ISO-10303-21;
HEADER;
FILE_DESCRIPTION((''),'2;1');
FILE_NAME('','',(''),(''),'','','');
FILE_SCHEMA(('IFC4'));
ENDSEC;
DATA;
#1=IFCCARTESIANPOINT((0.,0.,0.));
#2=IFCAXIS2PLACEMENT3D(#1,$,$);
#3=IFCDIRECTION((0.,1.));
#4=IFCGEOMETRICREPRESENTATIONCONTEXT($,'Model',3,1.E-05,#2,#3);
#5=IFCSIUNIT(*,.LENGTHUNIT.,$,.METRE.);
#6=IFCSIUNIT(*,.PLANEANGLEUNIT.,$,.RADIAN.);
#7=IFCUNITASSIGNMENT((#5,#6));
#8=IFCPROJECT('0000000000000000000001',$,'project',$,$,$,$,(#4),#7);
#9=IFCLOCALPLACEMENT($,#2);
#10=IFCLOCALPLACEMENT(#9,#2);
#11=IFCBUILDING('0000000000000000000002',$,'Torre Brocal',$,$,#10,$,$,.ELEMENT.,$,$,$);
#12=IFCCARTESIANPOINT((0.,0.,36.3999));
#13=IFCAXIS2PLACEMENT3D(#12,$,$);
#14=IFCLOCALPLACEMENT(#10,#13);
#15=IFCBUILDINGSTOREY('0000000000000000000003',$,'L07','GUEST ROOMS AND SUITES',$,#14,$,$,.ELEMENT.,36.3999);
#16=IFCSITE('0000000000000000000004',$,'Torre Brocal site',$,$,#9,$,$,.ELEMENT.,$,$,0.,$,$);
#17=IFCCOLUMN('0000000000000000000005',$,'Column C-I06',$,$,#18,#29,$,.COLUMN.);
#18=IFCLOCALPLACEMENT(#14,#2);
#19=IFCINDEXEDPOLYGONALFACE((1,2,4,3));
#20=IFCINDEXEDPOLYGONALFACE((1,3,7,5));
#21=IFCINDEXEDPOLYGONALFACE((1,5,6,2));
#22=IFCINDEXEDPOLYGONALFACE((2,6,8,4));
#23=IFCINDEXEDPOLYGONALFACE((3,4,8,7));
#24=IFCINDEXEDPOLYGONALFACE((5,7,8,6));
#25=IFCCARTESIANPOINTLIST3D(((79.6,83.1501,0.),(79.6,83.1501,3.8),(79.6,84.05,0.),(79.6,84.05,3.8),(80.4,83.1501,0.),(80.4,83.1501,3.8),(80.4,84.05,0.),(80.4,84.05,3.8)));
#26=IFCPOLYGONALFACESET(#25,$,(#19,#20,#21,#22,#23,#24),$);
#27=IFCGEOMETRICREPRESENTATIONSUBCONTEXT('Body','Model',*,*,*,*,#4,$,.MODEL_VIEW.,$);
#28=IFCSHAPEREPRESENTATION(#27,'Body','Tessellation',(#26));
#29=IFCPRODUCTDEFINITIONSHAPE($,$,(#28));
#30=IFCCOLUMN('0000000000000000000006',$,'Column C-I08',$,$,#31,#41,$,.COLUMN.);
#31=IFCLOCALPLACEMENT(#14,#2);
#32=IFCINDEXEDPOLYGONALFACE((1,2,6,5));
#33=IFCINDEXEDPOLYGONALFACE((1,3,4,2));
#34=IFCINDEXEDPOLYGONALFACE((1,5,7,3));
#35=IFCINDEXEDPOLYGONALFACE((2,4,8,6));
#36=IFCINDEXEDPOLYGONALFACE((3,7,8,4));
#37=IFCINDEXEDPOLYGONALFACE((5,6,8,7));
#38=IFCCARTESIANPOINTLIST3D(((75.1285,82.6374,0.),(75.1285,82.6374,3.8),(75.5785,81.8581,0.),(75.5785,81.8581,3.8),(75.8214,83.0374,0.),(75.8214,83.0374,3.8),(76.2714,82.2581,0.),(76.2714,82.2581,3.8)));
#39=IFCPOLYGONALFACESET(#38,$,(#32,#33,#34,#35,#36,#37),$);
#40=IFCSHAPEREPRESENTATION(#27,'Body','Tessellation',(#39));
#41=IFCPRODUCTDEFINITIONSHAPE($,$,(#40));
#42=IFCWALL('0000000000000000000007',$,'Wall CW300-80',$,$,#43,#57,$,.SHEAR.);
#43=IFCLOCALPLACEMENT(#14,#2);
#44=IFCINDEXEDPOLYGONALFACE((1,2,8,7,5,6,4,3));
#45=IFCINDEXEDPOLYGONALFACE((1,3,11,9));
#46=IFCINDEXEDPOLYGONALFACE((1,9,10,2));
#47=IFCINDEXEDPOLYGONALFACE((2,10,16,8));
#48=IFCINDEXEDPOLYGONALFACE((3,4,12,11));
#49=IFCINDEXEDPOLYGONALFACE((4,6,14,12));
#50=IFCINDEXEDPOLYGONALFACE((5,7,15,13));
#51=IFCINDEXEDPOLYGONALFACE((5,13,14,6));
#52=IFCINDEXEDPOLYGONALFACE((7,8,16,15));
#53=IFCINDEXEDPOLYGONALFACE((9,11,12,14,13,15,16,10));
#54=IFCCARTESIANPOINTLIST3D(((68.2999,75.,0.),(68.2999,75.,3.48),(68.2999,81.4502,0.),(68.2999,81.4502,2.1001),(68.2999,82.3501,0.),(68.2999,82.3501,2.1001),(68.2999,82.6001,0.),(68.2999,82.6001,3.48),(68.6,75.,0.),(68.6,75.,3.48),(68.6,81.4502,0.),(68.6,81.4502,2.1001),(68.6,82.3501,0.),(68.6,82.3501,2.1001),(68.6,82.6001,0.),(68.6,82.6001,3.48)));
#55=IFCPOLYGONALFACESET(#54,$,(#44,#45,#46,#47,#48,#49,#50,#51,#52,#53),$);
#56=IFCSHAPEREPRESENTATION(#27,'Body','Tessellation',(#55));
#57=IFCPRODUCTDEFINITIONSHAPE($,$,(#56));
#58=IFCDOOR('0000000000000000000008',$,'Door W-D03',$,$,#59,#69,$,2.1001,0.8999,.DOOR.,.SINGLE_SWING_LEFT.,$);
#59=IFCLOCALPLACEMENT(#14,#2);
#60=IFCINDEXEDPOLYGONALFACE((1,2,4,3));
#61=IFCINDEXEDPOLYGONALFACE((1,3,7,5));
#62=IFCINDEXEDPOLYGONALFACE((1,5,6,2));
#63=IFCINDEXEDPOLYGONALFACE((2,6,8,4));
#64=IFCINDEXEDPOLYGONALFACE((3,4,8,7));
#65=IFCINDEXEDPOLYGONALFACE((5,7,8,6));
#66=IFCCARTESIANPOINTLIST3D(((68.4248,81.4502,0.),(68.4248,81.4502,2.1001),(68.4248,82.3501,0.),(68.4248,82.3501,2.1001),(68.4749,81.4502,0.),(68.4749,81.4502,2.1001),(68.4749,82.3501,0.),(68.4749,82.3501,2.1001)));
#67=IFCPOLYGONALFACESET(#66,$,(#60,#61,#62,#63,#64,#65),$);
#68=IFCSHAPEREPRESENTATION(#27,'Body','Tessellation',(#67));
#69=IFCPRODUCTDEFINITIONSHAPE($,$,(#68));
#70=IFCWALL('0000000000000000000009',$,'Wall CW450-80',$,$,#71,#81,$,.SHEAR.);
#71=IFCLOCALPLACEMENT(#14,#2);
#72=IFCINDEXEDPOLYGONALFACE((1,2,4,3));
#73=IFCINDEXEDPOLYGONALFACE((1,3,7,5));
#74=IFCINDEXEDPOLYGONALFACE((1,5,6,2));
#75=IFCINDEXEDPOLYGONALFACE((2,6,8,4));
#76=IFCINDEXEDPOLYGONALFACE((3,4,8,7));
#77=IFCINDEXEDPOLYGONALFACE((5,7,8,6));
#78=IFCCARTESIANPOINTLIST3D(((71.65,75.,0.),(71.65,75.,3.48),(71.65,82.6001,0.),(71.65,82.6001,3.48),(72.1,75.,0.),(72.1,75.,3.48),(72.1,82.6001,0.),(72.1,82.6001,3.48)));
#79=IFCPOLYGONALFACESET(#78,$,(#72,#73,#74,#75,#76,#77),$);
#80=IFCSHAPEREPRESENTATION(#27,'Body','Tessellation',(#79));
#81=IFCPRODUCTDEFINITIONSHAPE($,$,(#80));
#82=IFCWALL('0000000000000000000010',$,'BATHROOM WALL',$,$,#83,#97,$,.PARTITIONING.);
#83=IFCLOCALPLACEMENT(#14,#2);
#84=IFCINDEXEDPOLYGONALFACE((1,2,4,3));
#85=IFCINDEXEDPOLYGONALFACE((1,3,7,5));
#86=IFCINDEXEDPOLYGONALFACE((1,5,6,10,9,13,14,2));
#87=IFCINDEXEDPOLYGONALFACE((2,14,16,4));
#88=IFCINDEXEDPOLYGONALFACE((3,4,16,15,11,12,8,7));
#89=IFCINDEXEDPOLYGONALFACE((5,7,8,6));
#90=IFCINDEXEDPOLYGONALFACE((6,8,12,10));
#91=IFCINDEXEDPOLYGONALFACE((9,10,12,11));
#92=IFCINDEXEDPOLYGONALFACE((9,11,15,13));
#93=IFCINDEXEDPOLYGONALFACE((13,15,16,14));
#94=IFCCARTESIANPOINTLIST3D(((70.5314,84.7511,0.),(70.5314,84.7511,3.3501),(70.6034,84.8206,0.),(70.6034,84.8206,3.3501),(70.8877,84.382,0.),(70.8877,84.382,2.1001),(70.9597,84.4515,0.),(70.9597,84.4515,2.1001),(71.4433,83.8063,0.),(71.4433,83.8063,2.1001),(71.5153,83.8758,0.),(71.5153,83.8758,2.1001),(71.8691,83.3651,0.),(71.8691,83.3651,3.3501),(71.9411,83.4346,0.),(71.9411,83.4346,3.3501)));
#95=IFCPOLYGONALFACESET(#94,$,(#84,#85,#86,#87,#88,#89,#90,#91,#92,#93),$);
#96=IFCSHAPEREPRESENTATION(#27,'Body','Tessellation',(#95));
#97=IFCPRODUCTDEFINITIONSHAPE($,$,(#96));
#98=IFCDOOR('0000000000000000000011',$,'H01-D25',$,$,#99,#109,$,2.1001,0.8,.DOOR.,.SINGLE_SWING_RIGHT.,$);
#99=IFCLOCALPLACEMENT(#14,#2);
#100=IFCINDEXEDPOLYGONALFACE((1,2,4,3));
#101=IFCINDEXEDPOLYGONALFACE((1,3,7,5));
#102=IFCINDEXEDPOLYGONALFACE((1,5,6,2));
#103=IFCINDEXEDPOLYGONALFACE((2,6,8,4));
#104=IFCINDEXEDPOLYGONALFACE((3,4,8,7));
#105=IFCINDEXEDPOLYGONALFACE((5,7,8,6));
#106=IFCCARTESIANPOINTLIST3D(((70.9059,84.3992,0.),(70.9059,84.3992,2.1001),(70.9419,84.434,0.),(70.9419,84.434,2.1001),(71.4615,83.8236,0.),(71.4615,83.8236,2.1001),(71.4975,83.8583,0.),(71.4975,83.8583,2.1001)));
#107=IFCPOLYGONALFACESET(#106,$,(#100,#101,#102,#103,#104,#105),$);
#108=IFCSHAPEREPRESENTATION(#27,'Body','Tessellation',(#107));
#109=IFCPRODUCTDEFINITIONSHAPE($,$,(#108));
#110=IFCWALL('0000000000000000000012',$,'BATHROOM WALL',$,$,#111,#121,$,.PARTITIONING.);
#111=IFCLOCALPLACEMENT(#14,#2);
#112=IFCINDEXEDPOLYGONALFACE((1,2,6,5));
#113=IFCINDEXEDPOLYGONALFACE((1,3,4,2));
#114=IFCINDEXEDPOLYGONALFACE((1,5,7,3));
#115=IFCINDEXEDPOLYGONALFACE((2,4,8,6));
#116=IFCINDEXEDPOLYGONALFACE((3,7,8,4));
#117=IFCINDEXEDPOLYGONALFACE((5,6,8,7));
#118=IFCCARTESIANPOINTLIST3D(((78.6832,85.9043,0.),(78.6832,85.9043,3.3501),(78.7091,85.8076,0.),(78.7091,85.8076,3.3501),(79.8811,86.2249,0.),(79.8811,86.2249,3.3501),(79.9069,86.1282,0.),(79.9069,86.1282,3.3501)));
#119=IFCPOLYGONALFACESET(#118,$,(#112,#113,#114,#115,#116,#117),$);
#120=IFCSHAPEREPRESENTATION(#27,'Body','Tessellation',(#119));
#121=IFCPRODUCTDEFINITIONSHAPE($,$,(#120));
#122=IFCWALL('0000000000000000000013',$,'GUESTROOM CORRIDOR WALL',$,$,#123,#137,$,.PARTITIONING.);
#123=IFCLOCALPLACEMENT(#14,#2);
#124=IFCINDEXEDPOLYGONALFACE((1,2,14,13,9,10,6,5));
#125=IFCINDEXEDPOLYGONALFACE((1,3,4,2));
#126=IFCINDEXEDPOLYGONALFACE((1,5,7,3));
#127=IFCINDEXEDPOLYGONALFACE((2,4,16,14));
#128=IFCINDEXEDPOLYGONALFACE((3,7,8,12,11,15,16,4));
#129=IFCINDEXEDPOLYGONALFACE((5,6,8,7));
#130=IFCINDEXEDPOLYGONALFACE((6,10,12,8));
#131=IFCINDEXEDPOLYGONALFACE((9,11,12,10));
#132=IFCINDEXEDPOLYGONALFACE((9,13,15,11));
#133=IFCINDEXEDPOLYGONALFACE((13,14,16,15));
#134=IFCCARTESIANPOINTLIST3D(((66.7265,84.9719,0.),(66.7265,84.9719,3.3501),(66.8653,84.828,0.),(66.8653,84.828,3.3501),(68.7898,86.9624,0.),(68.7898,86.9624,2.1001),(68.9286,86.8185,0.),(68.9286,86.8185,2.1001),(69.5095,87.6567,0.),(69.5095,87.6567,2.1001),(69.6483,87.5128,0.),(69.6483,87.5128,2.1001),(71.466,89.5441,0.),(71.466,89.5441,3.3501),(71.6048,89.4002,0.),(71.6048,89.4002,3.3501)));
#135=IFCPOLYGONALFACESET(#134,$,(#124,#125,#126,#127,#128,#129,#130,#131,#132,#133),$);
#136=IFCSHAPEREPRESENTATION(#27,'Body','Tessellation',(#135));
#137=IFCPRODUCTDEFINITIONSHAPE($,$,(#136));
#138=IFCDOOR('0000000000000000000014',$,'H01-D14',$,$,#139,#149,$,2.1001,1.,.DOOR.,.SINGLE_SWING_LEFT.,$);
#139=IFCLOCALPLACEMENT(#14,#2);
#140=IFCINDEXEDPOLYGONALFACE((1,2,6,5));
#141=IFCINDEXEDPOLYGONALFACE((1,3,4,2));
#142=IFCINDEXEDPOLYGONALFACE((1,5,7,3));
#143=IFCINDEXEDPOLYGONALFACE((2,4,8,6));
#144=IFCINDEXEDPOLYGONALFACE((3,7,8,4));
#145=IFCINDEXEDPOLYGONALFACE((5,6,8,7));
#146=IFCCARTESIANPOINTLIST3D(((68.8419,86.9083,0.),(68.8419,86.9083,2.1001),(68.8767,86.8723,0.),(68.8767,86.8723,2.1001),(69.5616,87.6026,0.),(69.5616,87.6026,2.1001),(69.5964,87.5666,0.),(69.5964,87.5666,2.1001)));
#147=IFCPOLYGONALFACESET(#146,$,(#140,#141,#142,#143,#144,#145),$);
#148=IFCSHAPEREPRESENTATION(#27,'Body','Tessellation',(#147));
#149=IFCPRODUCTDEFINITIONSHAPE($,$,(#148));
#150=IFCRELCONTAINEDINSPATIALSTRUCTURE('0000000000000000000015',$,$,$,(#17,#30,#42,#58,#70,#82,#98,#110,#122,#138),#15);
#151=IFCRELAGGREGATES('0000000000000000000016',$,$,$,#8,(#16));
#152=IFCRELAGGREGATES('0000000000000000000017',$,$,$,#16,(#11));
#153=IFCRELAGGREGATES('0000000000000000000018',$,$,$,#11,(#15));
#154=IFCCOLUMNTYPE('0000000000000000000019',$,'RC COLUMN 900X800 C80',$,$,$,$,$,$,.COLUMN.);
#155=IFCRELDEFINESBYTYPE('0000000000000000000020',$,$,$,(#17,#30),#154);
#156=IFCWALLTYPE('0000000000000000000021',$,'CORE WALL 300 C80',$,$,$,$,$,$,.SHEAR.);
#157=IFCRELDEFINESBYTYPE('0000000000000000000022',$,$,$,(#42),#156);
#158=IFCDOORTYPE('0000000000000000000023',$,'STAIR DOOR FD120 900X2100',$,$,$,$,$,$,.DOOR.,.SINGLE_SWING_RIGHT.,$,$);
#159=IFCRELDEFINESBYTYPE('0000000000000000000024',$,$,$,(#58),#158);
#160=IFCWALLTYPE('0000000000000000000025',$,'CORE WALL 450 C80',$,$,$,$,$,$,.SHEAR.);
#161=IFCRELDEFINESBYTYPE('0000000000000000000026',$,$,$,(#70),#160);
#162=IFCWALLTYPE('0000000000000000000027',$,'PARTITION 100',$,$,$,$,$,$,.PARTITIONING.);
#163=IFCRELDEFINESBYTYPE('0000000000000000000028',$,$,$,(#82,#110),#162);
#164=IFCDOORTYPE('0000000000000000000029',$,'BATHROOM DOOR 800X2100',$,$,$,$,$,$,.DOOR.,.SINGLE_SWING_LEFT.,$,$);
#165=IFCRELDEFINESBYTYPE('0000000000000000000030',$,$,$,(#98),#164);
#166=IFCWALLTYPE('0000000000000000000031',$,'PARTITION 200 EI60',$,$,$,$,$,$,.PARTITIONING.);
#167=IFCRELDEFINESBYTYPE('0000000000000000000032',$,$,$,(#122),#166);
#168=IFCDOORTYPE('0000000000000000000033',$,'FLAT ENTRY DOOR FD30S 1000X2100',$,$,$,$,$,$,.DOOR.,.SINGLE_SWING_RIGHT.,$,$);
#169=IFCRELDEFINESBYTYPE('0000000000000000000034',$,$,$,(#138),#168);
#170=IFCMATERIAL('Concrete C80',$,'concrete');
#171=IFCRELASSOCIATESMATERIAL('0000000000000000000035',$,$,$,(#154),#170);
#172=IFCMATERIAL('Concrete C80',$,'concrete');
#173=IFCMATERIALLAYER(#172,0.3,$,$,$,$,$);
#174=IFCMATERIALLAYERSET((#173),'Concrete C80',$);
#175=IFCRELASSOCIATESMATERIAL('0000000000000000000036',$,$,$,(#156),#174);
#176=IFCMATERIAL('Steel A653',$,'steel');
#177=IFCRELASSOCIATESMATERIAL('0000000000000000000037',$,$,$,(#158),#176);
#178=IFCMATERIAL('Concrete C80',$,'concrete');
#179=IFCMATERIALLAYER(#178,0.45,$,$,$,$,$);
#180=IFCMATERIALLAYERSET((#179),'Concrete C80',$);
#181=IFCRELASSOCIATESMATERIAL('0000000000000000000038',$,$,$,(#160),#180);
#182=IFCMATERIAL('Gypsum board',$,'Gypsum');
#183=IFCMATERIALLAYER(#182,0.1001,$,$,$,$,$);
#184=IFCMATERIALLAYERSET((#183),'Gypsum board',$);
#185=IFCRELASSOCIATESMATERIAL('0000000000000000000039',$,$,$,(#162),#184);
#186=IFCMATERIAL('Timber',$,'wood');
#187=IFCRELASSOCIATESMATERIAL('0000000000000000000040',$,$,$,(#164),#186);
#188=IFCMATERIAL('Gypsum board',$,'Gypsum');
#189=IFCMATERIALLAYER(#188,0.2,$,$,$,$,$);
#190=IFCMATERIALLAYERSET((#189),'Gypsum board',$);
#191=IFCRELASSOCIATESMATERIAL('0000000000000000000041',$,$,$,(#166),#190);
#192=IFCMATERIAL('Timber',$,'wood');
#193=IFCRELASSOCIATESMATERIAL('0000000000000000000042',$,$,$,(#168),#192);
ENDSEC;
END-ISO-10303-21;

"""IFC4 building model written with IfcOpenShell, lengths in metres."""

from ifc_helpers import new_model, si_unit, direction, frame, frame_2d, origin, origin_2d, place, context, subcontext, project, spatial, rectangle, extrude, material, layer, layer_set, material_profile, profile_set, type_object, element, fill, save


model = new_model("IFC4")

# Units and contexts
model_context = context("Model", 3, precision=1e-05, world=origin(), true_north=direction((0.0, 1.0)))
body_context = subcontext(model_context, "Body", "Model", "MODEL_VIEW")
ifc_project = project(units=[si_unit("LENGTHUNIT", "METRE"), si_unit("PLANEANGLEUNIT", "RADIAN")], contexts=[model_context])

# Site, building, storey
site_placement = place(None, origin())
site = spatial("IfcSite", under=ifc_project, at=site_placement, Name="Torre Brocal site", CompositionType="ELEMENT", RefElevation=0.0)
building_placement = place(site_placement, origin())
building = spatial("IfcBuilding", under=site, at=building_placement, Name="Torre Brocal", CompositionType="ELEMENT")
storey_placement = place(building_placement, frame((0.0, 0.0, 36.3999)))
storey = spatial("IfcBuildingStorey", under=building, at=storey_placement, Name="L07", Description="GUEST ROOMS AND SUITES", CompositionType="ELEMENT", Elevation=36.3999)

# Columns
ifc_material_1 = material(Name="Concrete C80", Category="concrete")
ifc_material_profile = material_profile(ifc_material_1, rectangle(XDim=0.8999, YDim=0.8, at=origin_2d()), Name="RC 900X800")
ifc_profile_set = profile_set([ifc_material_profile], Name="Concrete C80")
column_type = type_object("IfcColumnType", Name="RC COLUMN 900X800 C80", PredefinedType="COLUMN", material=ifc_profile_set)
for number, where, z_axis, x_axis, name in (
    (1, (80.0, 83.6001, 0.0), (0.0, 0.0, 1.0), (0.0, 1.0, 0.0), "Column C-I06"),
    (2, (75.7, 82.4478, 0.0), (0.0, 0.0, 1.0), (-0.5, 0.866025, 0.0), "Column C-I08"),
):
    element("IfcColumn", number, at=place(storey_placement, frame(where, z_axis=z_axis, x_axis=x_axis)), inside=storey, type_object=column_type, Name=name, PredefinedType="COLUMN", context=body_context, shape_type="SweptSolid", body=[
        extrude(rectangle(XDim=0.8999, YDim=0.8, at=origin_2d()), origin(), (0.0, 0.0, 1.0), 3.8),
    ])

# Wall, opening, door
ifc_material_2 = material(Name="Concrete C80", Category="concrete")
ifc_layer_1 = layer(ifc_material_2, 0.3)
ifc_layer_set_1 = layer_set([ifc_layer_1], Name="Concrete C80")
wall_type_1 = type_object("IfcWallType", Name="CORE WALL 300 C80", PredefinedType="SHEAR", material=ifc_layer_set_1)
wall_1_placement = place(storey_placement, frame((68.45, 82.6001, 0.0), z_axis=(0.0, 0.0, 1.0), x_axis=(0.0, -1.0, 0.0)))
wall_1 = element("IfcWall", 3, at=wall_1_placement, inside=storey, type_object=wall_type_1, Name="Wall CW300-80", PredefinedType="SHEAR", context=body_context, shape_type="SweptSolid", body=[
    extrude(rectangle(XDim=7.6001, YDim=0.3, at=frame_2d((3.8, 0.0))), origin(), (0.0, 0.0, 1.0), 3.48),
])
opening_1_placement = place(wall_1_placement, frame((0.25, 0.0, 0.0)))
opening_1 = element("IfcOpeningElement", 4, at=opening_1_placement, cuts=wall_1, PredefinedType="OPENING", context=body_context, shape_type="SweptSolid", body=[
    extrude(rectangle(XDim=0.8999, YDim=2.1001, at=frame_2d((0.45, 1.05))), frame((0.0, 0.1599, 0.0), z_axis=(0.0, -1.0, 0.0), x_axis=(1.0, 0.0, 0.0)), (0.0, 0.0, 1.0), 0.3201),
])
ifc_material_3 = material(Name="Steel A653", Category="steel")
door_type_1 = type_object("IfcDoorType", Name="STAIR DOOR FD120 900X2100", OperationType="SINGLE_SWING_RIGHT", PredefinedType="DOOR", material=ifc_material_3)
door_1_placement = place(opening_1_placement, origin())
door_1 = element("IfcDoor", 5, at=door_1_placement, inside=storey, type_object=door_type_1, Name="Door W-D03", OperationType="SINGLE_SWING_LEFT", OverallHeight=2.1001, OverallWidth=0.8999, PredefinedType="DOOR", context=body_context, shape_type="SweptSolid", body=[
    extrude(rectangle(XDim=0.8999, YDim=2.1001, at=frame_2d((0.45, 1.05))), frame((0.0, 0.0249, 0.0), z_axis=(0.0, -1.0, 0.0), x_axis=(1.0, 0.0, 0.0)), (0.0, 0.0, 1.0), 0.05),
])
fill(opening_1, door_1)

# Wall
ifc_material_4 = material(Name="Concrete C80", Category="concrete")
ifc_layer_2 = layer(ifc_material_4, 0.45)
ifc_layer_set_2 = layer_set([ifc_layer_2], Name="Concrete C80")
wall_type_2 = type_object("IfcWallType", Name="CORE WALL 450 C80", PredefinedType="SHEAR", material=ifc_layer_set_2)
wall_2_placement = place(storey_placement, frame((71.875, 82.6001, 0.0), z_axis=(0.0, 0.0, 1.0), x_axis=(0.0, -1.0, 0.0)))
element("IfcWall", 6, at=wall_2_placement, inside=storey, type_object=wall_type_2, Name="Wall CW450-80", PredefinedType="SHEAR", context=body_context, shape_type="SweptSolid", body=[
    extrude(rectangle(XDim=7.6001, YDim=0.45, at=frame_2d((3.8, 0.0))), origin(), (0.0, 0.0, 1.0), 3.48),
])

# Wall, opening, door
ifc_material_5 = material(Name="Gypsum board", Category="Gypsum")
ifc_layer_3 = layer(ifc_material_5, 0.1001)
ifc_layer_set_3 = layer_set([ifc_layer_3], Name="Gypsum board")
wall_type_3 = type_object("IfcWallType", Name="PARTITION 100", PredefinedType="PARTITIONING", material=ifc_layer_set_3)
wall_3_placement = place(storey_placement, frame((70.5674, 84.7859, 0.0), z_axis=(0.0, 0.0, 1.0), x_axis=(0.694447, -0.719543, 0.0)))
wall_3 = element("IfcWall", 7, at=wall_3_placement, inside=storey, type_object=wall_type_3, Name="BATHROOM WALL", PredefinedType="PARTITIONING", context=body_context, shape_type="SweptSolid", body=[
    extrude(rectangle(XDim=1.9263, YDim=0.1001, at=frame_2d((0.9631, 0.0))), origin(), (0.0, 0.0, 1.0), 3.3501),
])
opening_2_placement = place(wall_3_placement, frame((0.5132, 0.0, 0.0)))
opening_2 = element("IfcOpeningElement", 8, at=opening_2_placement, cuts=wall_3, PredefinedType="OPENING", context=body_context, shape_type="SweptSolid", body=[
    extrude(rectangle(XDim=0.8, YDim=2.1001, at=frame_2d((0.3999, 1.05))), frame((0.0, 0.0601, 0.0), z_axis=(0.0, -1.0, 0.0), x_axis=(1.0, 0.0, 0.0)), (0.0, 0.0, 1.0), 0.1201),
])
ifc_material_6 = material(Name="Timber", Category="wood")
door_type_2 = type_object("IfcDoorType", Name="BATHROOM DOOR 800X2100", OperationType="SINGLE_SWING_LEFT", PredefinedType="DOOR", material=ifc_material_6)
door_2_placement = place(opening_2_placement, frame((0.8, 0.0, 0.0), z_axis=(0.0, 0.0, 1.0), x_axis=(-1.0, 0.0, 0.0)))
door_2 = element("IfcDoor", 9, at=door_2_placement, inside=storey, type_object=door_type_2, Name="H01-D25", OperationType="SINGLE_SWING_RIGHT", OverallHeight=2.1001, OverallWidth=0.8, PredefinedType="DOOR", context=body_context, shape_type="SweptSolid", body=[
    extrude(rectangle(XDim=0.8, YDim=2.1001, at=frame_2d((0.3999, 1.05))), frame((0.0, 0.0249, 0.0), z_axis=(0.0, -1.0, 0.0), x_axis=(1.0, 0.0, 0.0)), (0.0, 0.0, 1.0), 0.05),
])
fill(opening_2, door_2)

# Wall
wall_4_placement = place(storey_placement, frame((78.696, 85.856, 0.0), z_axis=(0.0, 0.0, 1.0), x_axis=(0.966003, 0.258533, 0.0)))
element("IfcWall", 10, at=wall_4_placement, inside=storey, type_object=wall_type_3, Name="BATHROOM WALL", PredefinedType="PARTITIONING", context=body_context, shape_type="SweptSolid", body=[
    extrude(rectangle(XDim=1.24, YDim=0.1001, at=frame_2d((0.6201, 0.0))), origin(), (0.0, 0.0, 1.0), 3.3501),
])

# Wall, opening, door
ifc_material_7 = material(Name="Gypsum board", Category="Gypsum")
ifc_layer_4 = layer(ifc_material_7, 0.2)
ifc_layer_set_4 = layer_set([ifc_layer_4], Name="Gypsum board")
wall_type_4 = type_object("IfcWallType", Name="PARTITION 200 EI60", PredefinedType="PARTITIONING", material=ifc_layer_set_4)
wall_5_placement = place(storey_placement, frame((66.7959, 84.8999, 0.0), z_axis=(0.0, 0.0, 1.0), x_axis=(0.71969, 0.694295, 0.0)))
wall_5 = element("IfcWall", 11, at=wall_5_placement, inside=storey, type_object=wall_type_4, Name="GUESTROOM CORRIDOR WALL", PredefinedType="PARTITIONING", context=body_context, shape_type="SweptSolid", body=[
    extrude(rectangle(XDim=6.5854, YDim=0.2, at=frame_2d((3.2927, 0.0))), origin(), (0.0, 0.0, 1.0), 3.3501),
])
opening_3_placement = place(wall_5_placement, frame((2.8669, 0.0, 0.0)))
opening_3 = element("IfcOpeningElement", 12, at=opening_3_placement, cuts=wall_5, PredefinedType="OPENING", context=body_context, shape_type="SweptSolid", body=[
    extrude(rectangle(XDim=1.0, YDim=2.1001, at=frame_2d((0.5, 1.05))), frame((0.0, 0.1099, 0.0), z_axis=(0.0, -1.0, 0.0), x_axis=(1.0, 0.0, 0.0)), (0.0, 0.0, 1.0), 0.22),
])
ifc_material_8 = material(Name="Timber", Category="wood")
door_type_3 = type_object("IfcDoorType", Name="FLAT ENTRY DOOR FD30S 1000X2100", OperationType="SINGLE_SWING_RIGHT", PredefinedType="DOOR", material=ifc_material_8)
door_3_placement = place(opening_3_placement, origin())
door_3 = element("IfcDoor", 13, at=door_3_placement, inside=storey, type_object=door_type_3, Name="H01-D14", OperationType="SINGLE_SWING_LEFT", OverallHeight=2.1001, OverallWidth=1.0, PredefinedType="DOOR", context=body_context, shape_type="SweptSolid", body=[
    extrude(rectangle(XDim=1.0, YDim=2.1001, at=frame_2d((0.5, 1.05))), frame((0.0, 0.0249, 0.0), z_axis=(0.0, -1.0, 0.0), x_axis=(1.0, 0.0, 0.0)), (0.0, 0.0, 1.0), 0.05),
])
fill(opening_3, door_3)

save(model, "model.ifc")
